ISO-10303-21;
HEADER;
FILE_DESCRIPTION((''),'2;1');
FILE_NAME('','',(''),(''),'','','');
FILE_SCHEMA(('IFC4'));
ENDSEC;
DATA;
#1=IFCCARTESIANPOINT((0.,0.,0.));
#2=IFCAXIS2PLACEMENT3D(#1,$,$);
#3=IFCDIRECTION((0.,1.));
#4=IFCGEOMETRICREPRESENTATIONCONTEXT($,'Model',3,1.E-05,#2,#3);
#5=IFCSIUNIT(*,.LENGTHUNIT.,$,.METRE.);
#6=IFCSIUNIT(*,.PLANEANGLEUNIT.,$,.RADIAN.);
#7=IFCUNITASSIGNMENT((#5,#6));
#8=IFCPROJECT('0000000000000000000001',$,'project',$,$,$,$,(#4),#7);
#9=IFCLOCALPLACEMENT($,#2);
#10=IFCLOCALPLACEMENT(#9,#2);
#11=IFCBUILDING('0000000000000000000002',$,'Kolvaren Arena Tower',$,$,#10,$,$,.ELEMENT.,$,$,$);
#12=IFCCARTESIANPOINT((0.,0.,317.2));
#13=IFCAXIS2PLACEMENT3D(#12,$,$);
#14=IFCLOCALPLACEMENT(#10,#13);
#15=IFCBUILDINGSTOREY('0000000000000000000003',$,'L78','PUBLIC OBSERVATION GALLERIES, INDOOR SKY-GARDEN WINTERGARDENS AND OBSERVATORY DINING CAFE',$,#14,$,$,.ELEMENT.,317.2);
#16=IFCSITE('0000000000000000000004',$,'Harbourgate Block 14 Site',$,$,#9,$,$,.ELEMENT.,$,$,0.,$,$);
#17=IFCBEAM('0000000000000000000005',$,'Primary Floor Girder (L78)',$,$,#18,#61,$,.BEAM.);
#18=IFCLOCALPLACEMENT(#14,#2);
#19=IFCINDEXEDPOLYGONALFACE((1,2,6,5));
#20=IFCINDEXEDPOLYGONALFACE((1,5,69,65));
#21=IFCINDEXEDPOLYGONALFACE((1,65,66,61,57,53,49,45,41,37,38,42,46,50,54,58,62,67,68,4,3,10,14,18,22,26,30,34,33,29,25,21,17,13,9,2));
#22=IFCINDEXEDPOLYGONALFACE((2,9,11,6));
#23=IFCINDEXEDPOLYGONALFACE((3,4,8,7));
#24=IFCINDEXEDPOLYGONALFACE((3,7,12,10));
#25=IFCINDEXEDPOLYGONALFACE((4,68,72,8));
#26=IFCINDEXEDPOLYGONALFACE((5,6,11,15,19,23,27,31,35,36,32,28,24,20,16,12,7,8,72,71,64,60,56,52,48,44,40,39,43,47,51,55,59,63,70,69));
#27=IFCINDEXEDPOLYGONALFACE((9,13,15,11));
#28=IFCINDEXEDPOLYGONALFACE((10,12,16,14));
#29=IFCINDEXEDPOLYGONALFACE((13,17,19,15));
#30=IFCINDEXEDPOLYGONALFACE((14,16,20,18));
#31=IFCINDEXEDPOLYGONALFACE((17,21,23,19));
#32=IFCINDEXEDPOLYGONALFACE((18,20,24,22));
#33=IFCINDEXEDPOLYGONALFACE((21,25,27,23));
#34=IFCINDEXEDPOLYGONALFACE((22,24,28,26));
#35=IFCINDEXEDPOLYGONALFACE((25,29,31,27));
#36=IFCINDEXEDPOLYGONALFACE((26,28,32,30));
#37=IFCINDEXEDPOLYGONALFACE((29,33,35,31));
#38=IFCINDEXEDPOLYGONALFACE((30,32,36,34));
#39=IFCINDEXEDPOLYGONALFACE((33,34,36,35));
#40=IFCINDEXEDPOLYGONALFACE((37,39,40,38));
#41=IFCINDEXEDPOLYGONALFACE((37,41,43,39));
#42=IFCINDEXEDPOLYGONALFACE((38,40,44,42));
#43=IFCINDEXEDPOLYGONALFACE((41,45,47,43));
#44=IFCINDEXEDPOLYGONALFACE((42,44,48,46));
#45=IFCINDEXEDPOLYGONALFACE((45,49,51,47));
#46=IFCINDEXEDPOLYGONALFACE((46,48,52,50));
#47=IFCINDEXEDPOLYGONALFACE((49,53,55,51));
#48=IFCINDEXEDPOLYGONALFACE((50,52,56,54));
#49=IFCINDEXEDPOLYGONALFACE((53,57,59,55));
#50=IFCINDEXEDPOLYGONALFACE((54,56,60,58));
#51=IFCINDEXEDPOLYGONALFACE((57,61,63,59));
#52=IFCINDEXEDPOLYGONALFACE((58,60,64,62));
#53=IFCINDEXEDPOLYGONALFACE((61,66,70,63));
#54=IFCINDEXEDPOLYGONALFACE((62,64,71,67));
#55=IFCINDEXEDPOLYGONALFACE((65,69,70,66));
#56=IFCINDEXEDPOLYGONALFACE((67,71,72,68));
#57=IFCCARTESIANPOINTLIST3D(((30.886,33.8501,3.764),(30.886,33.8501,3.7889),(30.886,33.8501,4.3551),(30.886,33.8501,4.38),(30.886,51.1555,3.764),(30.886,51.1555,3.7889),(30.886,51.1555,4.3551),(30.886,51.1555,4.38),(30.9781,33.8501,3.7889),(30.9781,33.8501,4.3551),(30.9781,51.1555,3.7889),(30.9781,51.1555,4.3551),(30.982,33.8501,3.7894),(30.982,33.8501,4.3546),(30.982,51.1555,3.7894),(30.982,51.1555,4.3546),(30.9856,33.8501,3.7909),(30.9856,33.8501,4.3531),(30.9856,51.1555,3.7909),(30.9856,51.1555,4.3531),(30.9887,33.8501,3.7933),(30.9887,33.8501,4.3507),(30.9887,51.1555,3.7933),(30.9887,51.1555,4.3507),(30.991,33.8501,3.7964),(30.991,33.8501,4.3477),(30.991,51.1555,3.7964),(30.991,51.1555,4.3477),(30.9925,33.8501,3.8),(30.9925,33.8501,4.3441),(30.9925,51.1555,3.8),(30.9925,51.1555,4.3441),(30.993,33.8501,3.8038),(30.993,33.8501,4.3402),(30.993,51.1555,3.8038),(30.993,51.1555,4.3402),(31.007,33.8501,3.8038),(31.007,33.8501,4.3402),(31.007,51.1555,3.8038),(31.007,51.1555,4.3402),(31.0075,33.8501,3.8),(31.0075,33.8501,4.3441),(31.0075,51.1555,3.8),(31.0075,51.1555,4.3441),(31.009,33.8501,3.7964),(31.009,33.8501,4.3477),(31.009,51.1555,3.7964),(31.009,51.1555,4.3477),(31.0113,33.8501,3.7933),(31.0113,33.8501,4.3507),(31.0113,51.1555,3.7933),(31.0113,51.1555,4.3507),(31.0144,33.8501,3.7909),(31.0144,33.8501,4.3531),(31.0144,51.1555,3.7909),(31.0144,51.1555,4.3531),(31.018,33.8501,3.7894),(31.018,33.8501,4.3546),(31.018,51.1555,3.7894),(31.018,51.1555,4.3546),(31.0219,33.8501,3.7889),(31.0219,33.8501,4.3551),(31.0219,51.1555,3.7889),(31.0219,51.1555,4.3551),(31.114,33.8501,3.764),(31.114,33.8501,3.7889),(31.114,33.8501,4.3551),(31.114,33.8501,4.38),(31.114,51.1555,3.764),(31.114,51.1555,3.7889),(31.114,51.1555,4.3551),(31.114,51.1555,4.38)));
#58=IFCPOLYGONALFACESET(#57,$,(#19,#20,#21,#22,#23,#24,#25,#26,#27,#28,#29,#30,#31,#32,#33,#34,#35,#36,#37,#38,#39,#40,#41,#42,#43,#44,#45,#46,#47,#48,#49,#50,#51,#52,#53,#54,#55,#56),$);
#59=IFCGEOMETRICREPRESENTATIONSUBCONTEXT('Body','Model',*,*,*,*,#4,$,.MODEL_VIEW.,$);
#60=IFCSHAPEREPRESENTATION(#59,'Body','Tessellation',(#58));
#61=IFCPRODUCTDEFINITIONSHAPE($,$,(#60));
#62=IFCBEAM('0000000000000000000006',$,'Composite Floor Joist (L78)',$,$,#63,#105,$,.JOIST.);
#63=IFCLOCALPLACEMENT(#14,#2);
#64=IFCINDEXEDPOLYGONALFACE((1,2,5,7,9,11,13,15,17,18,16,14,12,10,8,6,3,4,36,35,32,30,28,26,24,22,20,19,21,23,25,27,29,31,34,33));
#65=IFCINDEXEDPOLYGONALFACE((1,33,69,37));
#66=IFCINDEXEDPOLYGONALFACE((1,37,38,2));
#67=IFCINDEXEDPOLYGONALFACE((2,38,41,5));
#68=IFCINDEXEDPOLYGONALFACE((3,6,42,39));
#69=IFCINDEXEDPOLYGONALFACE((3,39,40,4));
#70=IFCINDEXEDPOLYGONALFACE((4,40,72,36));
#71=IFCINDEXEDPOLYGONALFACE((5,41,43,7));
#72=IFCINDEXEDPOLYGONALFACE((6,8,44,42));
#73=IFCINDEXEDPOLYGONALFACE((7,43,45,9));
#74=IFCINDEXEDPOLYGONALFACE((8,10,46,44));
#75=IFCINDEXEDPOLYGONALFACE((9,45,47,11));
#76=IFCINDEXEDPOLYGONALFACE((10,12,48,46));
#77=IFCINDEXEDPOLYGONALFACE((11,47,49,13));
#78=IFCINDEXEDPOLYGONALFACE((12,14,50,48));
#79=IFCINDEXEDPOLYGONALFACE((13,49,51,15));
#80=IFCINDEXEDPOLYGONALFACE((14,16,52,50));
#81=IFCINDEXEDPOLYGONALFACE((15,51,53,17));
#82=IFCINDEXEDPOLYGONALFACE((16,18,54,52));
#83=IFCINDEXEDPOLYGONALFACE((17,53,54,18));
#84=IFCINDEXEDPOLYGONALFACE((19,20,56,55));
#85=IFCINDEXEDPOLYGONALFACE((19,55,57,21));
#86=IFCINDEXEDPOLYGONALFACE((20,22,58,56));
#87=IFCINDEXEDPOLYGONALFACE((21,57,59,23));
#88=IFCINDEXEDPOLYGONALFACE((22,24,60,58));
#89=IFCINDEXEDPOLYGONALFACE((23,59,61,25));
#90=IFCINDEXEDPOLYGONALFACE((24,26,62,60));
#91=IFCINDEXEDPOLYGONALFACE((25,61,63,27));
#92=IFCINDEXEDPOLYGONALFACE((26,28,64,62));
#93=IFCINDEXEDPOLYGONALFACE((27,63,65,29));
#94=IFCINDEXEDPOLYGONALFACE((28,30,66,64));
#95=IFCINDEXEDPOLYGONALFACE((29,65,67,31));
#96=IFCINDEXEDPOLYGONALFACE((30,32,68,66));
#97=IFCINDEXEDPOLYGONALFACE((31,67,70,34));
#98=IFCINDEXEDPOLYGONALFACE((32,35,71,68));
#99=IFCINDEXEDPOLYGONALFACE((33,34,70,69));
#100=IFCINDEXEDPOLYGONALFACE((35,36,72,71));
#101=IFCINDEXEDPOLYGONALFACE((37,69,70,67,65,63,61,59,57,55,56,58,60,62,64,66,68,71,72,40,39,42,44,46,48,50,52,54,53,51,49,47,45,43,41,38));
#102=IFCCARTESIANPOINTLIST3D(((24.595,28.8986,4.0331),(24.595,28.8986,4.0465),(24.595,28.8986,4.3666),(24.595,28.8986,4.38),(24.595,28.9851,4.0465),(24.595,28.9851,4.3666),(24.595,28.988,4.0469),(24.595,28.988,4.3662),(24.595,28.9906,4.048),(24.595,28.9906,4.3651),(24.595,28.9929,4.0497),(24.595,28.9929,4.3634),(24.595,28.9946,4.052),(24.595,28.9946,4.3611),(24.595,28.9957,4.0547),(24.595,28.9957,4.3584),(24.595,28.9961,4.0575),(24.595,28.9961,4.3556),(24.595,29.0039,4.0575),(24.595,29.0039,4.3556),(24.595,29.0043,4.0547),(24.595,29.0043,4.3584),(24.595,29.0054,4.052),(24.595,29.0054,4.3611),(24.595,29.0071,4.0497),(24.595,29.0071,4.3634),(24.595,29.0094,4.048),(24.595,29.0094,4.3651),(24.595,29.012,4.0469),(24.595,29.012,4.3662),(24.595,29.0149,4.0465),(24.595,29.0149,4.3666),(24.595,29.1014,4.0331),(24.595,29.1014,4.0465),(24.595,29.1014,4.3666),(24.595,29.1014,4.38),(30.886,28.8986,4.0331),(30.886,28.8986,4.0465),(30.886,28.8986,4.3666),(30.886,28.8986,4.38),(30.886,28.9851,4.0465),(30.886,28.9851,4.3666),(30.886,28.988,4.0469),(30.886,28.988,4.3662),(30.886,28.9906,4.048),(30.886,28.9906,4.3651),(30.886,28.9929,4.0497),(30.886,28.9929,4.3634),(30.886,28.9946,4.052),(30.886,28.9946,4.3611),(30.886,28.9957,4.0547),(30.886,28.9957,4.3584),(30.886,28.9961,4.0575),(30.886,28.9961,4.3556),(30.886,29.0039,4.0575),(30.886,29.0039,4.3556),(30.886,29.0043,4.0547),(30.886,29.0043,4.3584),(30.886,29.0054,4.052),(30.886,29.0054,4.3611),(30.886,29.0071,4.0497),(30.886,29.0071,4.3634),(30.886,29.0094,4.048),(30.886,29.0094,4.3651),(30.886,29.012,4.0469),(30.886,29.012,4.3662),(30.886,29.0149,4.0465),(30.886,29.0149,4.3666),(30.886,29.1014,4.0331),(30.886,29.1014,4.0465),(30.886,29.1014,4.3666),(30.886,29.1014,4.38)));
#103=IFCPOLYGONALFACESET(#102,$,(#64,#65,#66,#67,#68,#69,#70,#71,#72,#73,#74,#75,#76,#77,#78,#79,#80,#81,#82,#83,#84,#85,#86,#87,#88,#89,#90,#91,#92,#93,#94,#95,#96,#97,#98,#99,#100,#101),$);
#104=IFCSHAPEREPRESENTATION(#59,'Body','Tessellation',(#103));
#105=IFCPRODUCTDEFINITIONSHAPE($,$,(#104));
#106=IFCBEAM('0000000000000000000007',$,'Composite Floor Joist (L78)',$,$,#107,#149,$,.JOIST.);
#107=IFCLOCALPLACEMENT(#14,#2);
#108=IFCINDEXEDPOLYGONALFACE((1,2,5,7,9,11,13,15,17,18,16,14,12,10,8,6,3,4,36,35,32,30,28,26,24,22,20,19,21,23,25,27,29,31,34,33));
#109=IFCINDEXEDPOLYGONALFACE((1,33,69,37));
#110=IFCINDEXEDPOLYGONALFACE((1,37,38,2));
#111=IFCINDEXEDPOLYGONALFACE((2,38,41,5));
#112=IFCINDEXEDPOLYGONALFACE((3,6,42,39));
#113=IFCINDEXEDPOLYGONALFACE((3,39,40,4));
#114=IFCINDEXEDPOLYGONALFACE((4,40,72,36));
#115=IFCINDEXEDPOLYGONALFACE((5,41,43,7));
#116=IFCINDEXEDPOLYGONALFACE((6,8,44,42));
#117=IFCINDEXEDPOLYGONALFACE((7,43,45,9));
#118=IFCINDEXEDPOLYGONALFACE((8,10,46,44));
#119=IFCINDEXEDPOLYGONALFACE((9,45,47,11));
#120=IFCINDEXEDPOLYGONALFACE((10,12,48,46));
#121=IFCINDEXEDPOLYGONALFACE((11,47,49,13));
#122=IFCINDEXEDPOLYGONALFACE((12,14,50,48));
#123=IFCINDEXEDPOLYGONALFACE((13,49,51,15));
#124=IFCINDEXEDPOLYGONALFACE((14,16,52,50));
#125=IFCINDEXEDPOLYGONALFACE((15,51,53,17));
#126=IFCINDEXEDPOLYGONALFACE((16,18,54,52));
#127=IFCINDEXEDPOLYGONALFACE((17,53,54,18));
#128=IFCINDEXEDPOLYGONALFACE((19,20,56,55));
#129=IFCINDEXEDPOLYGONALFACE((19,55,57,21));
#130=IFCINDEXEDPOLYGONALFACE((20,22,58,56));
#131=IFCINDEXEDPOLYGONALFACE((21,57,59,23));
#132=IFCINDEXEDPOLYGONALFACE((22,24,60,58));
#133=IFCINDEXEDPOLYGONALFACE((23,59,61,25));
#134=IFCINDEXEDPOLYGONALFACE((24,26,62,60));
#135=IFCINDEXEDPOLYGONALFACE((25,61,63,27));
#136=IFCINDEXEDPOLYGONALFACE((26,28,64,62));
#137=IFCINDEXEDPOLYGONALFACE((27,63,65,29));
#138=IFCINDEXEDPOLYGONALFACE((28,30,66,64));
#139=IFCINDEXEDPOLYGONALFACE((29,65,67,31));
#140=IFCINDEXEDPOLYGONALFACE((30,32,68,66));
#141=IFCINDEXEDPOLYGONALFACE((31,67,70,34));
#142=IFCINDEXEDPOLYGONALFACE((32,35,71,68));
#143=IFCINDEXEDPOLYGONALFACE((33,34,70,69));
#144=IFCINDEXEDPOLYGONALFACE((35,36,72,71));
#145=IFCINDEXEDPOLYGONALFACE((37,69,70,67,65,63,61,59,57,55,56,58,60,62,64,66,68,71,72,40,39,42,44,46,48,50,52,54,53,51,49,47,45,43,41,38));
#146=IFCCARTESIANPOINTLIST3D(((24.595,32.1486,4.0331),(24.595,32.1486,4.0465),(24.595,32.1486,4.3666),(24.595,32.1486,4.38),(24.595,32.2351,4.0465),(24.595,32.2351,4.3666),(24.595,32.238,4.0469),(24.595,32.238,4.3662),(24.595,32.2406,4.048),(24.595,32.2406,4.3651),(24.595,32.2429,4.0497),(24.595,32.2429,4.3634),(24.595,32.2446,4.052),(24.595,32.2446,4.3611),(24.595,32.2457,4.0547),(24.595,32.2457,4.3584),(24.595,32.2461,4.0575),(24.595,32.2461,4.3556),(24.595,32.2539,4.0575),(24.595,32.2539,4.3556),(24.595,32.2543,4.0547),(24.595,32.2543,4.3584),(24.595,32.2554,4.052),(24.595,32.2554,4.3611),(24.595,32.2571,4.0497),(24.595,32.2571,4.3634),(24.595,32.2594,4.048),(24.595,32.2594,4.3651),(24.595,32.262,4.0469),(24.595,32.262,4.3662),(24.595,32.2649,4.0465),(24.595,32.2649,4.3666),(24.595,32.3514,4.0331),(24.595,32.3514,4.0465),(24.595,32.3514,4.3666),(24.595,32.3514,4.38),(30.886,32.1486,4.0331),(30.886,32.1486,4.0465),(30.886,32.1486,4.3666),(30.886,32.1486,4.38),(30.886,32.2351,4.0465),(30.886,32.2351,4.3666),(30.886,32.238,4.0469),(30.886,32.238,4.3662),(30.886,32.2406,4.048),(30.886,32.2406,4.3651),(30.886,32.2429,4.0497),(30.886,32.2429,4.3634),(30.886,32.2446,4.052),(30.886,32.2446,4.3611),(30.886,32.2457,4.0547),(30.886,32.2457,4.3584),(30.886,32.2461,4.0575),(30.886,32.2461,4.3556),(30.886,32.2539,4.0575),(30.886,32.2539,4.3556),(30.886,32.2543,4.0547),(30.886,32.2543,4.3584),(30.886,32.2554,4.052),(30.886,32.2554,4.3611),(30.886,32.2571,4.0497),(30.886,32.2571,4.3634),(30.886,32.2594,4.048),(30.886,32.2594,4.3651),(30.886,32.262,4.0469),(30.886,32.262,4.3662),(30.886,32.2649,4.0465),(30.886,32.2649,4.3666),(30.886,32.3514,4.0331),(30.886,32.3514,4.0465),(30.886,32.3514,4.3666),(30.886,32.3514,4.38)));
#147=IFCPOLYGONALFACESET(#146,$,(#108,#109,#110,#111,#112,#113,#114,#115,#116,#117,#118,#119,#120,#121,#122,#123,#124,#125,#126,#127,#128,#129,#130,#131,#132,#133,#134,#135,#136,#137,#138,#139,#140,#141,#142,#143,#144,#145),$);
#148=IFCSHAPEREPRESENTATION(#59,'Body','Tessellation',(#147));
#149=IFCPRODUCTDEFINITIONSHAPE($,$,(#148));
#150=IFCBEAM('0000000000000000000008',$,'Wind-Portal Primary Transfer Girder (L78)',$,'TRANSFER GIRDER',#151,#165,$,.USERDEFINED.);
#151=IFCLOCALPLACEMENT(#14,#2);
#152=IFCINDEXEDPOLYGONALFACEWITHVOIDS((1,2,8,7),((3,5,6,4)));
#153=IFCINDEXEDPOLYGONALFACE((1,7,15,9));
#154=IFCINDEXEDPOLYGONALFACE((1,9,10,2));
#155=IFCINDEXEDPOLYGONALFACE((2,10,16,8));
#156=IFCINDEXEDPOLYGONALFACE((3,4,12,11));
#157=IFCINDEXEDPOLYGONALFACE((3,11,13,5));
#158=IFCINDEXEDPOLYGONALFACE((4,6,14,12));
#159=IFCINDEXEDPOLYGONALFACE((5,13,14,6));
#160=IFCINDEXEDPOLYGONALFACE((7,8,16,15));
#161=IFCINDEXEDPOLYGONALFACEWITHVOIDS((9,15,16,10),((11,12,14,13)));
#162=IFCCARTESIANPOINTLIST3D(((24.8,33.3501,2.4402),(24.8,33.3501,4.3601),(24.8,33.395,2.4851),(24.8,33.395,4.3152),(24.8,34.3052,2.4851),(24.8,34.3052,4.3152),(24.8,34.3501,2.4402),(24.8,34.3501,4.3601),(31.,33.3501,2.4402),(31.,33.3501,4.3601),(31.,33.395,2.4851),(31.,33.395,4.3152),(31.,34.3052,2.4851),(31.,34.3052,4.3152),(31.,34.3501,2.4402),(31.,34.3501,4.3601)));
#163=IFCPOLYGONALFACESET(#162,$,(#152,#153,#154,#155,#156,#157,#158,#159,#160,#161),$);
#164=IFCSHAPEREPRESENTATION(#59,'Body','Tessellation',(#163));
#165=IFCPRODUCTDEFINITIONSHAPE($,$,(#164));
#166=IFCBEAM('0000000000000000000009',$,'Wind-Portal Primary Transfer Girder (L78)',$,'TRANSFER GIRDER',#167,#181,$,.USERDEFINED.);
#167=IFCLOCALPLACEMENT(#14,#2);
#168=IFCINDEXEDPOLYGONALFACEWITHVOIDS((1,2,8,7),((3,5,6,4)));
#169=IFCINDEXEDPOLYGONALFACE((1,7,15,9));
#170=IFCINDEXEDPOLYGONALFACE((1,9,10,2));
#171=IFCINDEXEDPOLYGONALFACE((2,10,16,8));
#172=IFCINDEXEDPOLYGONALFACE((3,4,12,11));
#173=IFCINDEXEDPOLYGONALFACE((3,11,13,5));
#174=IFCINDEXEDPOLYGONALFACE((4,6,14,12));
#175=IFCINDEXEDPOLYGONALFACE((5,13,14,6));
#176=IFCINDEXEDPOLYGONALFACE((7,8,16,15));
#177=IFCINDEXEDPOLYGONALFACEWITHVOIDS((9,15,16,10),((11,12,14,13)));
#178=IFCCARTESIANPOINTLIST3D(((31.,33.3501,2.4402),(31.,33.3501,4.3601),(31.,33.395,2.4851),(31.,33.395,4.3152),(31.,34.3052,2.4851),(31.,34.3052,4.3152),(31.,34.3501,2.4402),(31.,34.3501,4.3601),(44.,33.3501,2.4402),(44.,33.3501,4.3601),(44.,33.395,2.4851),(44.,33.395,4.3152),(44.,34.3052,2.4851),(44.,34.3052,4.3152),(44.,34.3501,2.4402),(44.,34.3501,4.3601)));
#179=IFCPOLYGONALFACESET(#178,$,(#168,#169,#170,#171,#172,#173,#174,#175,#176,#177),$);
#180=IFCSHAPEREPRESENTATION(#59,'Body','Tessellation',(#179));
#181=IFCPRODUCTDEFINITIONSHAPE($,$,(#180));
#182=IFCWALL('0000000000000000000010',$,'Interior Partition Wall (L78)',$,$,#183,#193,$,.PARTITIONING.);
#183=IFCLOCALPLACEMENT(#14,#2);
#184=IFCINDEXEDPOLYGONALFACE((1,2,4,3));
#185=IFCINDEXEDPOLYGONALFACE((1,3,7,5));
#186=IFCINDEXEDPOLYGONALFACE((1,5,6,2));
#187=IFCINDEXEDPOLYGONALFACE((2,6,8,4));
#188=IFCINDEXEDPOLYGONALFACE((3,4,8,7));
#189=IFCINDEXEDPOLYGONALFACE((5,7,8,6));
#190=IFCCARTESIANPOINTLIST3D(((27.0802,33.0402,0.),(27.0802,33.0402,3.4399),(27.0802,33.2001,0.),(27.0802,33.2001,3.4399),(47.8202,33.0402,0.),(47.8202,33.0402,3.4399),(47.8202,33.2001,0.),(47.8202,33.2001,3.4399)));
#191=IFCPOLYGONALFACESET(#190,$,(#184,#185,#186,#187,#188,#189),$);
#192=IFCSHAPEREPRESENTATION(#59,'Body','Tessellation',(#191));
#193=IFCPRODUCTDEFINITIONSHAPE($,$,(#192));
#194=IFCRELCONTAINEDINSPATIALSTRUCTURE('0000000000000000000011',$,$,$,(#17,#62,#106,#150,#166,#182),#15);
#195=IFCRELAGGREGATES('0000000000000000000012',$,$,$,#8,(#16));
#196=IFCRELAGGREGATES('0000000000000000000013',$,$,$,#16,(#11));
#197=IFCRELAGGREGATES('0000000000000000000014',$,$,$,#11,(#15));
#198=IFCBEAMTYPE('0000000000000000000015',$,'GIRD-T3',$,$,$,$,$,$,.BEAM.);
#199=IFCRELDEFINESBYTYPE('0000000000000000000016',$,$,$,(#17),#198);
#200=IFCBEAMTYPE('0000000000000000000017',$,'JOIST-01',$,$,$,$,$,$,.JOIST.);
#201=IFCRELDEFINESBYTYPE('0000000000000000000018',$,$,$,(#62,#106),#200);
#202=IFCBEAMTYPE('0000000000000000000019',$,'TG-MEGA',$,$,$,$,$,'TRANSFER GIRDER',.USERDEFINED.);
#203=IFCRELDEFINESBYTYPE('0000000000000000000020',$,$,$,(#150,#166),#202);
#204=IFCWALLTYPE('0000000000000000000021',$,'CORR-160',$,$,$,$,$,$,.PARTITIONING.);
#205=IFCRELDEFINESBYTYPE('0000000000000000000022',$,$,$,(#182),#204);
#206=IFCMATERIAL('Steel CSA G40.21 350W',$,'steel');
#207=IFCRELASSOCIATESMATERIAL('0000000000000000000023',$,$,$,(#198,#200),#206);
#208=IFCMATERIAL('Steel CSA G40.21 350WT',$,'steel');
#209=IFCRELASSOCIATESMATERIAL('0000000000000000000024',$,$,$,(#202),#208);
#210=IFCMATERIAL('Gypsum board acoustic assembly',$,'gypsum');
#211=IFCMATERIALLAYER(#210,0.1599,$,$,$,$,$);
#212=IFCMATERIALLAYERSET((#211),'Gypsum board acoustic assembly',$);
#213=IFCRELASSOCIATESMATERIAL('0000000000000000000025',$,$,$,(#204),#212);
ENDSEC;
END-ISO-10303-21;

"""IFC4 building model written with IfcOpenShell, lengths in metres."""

from ifc_helpers import new_model, si_unit, direction, frame, frame_2d, origin, origin_2d, place, context, subcontext, project, spatial, rectangle, hollow_rectangle, i_section, extrude, material, layer, layer_set, material_profile, profile_set, type_object, element, save


model = new_model("IFC4")

# Units and contexts
model_context = context("Model", 3, precision=1e-05, world=origin(), true_north=direction((0.0, 1.0)))
body_context = subcontext(model_context, "Body", "Model", "MODEL_VIEW")
ifc_project = project(units=[si_unit("LENGTHUNIT", "METRE"), si_unit("PLANEANGLEUNIT", "RADIAN")], contexts=[model_context])

# Site, building, storey
site_placement = place(None, origin())
site = spatial("IfcSite", under=ifc_project, at=site_placement, Name="Harbourgate Block 14 Site", CompositionType="ELEMENT", RefElevation=0.0)
building_placement = place(site_placement, origin())
building = spatial("IfcBuilding", under=site, at=building_placement, Name="Kolvaren Arena Tower", CompositionType="ELEMENT")
storey_placement = place(building_placement, frame((0.0, 0.0, 317.2)))
storey = spatial("IfcBuildingStorey", under=building, at=storey_placement, Name="L78", Description="PUBLIC OBSERVATION GALLERIES, INDOOR SKY-GARDEN WINTERGARDENS AND OBSERVATORY DINING CAFE", CompositionType="ELEMENT", Elevation=317.2)

# Beams
ifc_material_1 = material(Name="Steel CSA G40.21 350W", Category="steel")
ifc_material_profile_1 = material_profile(ifc_material_1, i_section(OverallWidth=0.228, OverallDepth=0.616, WebThickness=0.0139, FlangeThickness=0.0249, FilletRadius=0.0149, at=origin_2d()), Name="W610x174")
ifc_profile_set_1 = profile_set([ifc_material_profile_1], Name="Steel CSA G40.21 350W")
beam_type_1 = type_object("IfcBeamType", Name="GIRD-T3", PredefinedType="BEAM", material=ifc_profile_set_1)
beam_1_placement = place(storey_placement, frame((31.0, 33.8501, 4.072), z_axis=(0.0, 1.0, 0.0), x_axis=(-1.0, 0.0, 0.0)))
element("IfcBeam", 1, at=beam_1_placement, inside=storey, type_object=beam_type_1, Name="Primary Floor Girder (L78)", PredefinedType="BEAM", context=body_context, shape_type="SweptSolid", body=[
    extrude(i_section(OverallWidth=0.228, OverallDepth=0.616, WebThickness=0.0139, FlangeThickness=0.0249, FilletRadius=0.0149, at=origin_2d()), origin(), (0.0, 0.0, 1.0), 17.3054),
])
ifc_material_profile_2 = material_profile(ifc_material_1, i_section(OverallWidth=0.2029, OverallDepth=0.3469, WebThickness=0.0078, FlangeThickness=0.0134, FilletRadius=0.011, at=origin_2d()), Name="W360x64")
ifc_profile_set_2 = profile_set([ifc_material_profile_2], Name="Steel CSA G40.21 350W")
beam_type_2 = type_object("IfcBeamType", Name="JOIST-01", PredefinedType="JOIST", material=ifc_profile_set_2)
for number, where, z_axis, x_axis, name in (
    (2, (24.595, 29.0, 4.2065), (1.0, 0.0, 0.0), (0.0, 1.0, 0.0), "Composite Floor Joist (L78)"),
    (3, (24.595, 32.25, 4.2065), (1.0, 0.0, 0.0), (0.0, 1.0, 0.0), "Composite Floor Joist (L78)"),
):
    element("IfcBeam", number, at=place(storey_placement, frame(where, z_axis=z_axis, x_axis=x_axis)), inside=storey, type_object=beam_type_2, Name=name, PredefinedType="JOIST", context=body_context, shape_type="SweptSolid", body=[
        extrude(i_section(OverallWidth=0.2029, OverallDepth=0.3469, WebThickness=0.0078, FlangeThickness=0.0134, FilletRadius=0.011, at=origin_2d()), origin(), (0.0, 0.0, 1.0), 6.291),
    ])
ifc_material_2 = material(Name="Steel CSA G40.21 350WT", Category="steel")
ifc_material_profile_3 = material_profile(ifc_material_2, hollow_rectangle(XDim=1.0, YDim=1.9199, WallThickness=0.0449, at=origin_2d()), Name="BOX 1000x1920x45")
ifc_profile_set_3 = profile_set([ifc_material_profile_3], Name="Steel CSA G40.21 350WT")
beam_type_3 = type_object("IfcBeamType", Name="TG-MEGA", ElementType="TRANSFER GIRDER", PredefinedType="USERDEFINED", material=ifc_profile_set_3)
beam_2_placement = place(storey_placement, frame((24.8, 33.8501, 3.4001), z_axis=(1.0, 0.0, 0.0), x_axis=(0.0, 1.0, 0.0)))
element("IfcBeam", 4, at=beam_2_placement, inside=storey, type_object=beam_type_3, Name="Wind-Portal Primary Transfer Girder (L78)", ObjectType="TRANSFER GIRDER", PredefinedType="USERDEFINED", context=body_context, shape_type="SweptSolid", body=[
    extrude(hollow_rectangle(XDim=1.0, YDim=1.9199, WallThickness=0.0449, at=origin_2d()), origin(), (0.0, 0.0, 1.0), 6.2),
])
beam_3_placement = place(storey_placement, frame((31.0, 33.8501, 3.4001), z_axis=(1.0, 0.0, 0.0), x_axis=(0.0, 1.0, 0.0)))
element("IfcBeam", 5, at=beam_3_placement, inside=storey, type_object=beam_type_3, Name="Wind-Portal Primary Transfer Girder (L78)", ObjectType="TRANSFER GIRDER", PredefinedType="USERDEFINED", context=body_context, shape_type="SweptSolid", body=[
    extrude(hollow_rectangle(XDim=1.0, YDim=1.9199, WallThickness=0.0449, at=origin_2d()), origin(), (0.0, 0.0, 1.0), 13.0),
])

# Wall
ifc_material_3 = material(Name="Gypsum board acoustic assembly", Category="gypsum")
ifc_layer_1 = layer(ifc_material_3, 0.1599)
ifc_layer_set_1 = layer_set([ifc_layer_1], Name="Gypsum board acoustic assembly")
wall_type_1 = type_object("IfcWallType", Name="CORR-160", PredefinedType="PARTITIONING", material=ifc_layer_set_1)
wall_1_placement = place(storey_placement, frame((27.0801, 33.1201, 0.0), z_axis=(0.0, 0.0, 1.0), x_axis=(1.0, 0.0, 0.0)))
element("IfcWall", 6, at=wall_1_placement, inside=storey, type_object=wall_type_1, Name="Interior Partition Wall (L78)", PredefinedType="PARTITIONING", context=body_context, shape_type="SweptSolid", body=[
    extrude(rectangle(XDim=20.74, YDim=0.1599, at=frame_2d((10.3701, 0.0))), origin(), (0.0, 0.0, 1.0), 3.4399),
])

save(model, "model.ifc")
